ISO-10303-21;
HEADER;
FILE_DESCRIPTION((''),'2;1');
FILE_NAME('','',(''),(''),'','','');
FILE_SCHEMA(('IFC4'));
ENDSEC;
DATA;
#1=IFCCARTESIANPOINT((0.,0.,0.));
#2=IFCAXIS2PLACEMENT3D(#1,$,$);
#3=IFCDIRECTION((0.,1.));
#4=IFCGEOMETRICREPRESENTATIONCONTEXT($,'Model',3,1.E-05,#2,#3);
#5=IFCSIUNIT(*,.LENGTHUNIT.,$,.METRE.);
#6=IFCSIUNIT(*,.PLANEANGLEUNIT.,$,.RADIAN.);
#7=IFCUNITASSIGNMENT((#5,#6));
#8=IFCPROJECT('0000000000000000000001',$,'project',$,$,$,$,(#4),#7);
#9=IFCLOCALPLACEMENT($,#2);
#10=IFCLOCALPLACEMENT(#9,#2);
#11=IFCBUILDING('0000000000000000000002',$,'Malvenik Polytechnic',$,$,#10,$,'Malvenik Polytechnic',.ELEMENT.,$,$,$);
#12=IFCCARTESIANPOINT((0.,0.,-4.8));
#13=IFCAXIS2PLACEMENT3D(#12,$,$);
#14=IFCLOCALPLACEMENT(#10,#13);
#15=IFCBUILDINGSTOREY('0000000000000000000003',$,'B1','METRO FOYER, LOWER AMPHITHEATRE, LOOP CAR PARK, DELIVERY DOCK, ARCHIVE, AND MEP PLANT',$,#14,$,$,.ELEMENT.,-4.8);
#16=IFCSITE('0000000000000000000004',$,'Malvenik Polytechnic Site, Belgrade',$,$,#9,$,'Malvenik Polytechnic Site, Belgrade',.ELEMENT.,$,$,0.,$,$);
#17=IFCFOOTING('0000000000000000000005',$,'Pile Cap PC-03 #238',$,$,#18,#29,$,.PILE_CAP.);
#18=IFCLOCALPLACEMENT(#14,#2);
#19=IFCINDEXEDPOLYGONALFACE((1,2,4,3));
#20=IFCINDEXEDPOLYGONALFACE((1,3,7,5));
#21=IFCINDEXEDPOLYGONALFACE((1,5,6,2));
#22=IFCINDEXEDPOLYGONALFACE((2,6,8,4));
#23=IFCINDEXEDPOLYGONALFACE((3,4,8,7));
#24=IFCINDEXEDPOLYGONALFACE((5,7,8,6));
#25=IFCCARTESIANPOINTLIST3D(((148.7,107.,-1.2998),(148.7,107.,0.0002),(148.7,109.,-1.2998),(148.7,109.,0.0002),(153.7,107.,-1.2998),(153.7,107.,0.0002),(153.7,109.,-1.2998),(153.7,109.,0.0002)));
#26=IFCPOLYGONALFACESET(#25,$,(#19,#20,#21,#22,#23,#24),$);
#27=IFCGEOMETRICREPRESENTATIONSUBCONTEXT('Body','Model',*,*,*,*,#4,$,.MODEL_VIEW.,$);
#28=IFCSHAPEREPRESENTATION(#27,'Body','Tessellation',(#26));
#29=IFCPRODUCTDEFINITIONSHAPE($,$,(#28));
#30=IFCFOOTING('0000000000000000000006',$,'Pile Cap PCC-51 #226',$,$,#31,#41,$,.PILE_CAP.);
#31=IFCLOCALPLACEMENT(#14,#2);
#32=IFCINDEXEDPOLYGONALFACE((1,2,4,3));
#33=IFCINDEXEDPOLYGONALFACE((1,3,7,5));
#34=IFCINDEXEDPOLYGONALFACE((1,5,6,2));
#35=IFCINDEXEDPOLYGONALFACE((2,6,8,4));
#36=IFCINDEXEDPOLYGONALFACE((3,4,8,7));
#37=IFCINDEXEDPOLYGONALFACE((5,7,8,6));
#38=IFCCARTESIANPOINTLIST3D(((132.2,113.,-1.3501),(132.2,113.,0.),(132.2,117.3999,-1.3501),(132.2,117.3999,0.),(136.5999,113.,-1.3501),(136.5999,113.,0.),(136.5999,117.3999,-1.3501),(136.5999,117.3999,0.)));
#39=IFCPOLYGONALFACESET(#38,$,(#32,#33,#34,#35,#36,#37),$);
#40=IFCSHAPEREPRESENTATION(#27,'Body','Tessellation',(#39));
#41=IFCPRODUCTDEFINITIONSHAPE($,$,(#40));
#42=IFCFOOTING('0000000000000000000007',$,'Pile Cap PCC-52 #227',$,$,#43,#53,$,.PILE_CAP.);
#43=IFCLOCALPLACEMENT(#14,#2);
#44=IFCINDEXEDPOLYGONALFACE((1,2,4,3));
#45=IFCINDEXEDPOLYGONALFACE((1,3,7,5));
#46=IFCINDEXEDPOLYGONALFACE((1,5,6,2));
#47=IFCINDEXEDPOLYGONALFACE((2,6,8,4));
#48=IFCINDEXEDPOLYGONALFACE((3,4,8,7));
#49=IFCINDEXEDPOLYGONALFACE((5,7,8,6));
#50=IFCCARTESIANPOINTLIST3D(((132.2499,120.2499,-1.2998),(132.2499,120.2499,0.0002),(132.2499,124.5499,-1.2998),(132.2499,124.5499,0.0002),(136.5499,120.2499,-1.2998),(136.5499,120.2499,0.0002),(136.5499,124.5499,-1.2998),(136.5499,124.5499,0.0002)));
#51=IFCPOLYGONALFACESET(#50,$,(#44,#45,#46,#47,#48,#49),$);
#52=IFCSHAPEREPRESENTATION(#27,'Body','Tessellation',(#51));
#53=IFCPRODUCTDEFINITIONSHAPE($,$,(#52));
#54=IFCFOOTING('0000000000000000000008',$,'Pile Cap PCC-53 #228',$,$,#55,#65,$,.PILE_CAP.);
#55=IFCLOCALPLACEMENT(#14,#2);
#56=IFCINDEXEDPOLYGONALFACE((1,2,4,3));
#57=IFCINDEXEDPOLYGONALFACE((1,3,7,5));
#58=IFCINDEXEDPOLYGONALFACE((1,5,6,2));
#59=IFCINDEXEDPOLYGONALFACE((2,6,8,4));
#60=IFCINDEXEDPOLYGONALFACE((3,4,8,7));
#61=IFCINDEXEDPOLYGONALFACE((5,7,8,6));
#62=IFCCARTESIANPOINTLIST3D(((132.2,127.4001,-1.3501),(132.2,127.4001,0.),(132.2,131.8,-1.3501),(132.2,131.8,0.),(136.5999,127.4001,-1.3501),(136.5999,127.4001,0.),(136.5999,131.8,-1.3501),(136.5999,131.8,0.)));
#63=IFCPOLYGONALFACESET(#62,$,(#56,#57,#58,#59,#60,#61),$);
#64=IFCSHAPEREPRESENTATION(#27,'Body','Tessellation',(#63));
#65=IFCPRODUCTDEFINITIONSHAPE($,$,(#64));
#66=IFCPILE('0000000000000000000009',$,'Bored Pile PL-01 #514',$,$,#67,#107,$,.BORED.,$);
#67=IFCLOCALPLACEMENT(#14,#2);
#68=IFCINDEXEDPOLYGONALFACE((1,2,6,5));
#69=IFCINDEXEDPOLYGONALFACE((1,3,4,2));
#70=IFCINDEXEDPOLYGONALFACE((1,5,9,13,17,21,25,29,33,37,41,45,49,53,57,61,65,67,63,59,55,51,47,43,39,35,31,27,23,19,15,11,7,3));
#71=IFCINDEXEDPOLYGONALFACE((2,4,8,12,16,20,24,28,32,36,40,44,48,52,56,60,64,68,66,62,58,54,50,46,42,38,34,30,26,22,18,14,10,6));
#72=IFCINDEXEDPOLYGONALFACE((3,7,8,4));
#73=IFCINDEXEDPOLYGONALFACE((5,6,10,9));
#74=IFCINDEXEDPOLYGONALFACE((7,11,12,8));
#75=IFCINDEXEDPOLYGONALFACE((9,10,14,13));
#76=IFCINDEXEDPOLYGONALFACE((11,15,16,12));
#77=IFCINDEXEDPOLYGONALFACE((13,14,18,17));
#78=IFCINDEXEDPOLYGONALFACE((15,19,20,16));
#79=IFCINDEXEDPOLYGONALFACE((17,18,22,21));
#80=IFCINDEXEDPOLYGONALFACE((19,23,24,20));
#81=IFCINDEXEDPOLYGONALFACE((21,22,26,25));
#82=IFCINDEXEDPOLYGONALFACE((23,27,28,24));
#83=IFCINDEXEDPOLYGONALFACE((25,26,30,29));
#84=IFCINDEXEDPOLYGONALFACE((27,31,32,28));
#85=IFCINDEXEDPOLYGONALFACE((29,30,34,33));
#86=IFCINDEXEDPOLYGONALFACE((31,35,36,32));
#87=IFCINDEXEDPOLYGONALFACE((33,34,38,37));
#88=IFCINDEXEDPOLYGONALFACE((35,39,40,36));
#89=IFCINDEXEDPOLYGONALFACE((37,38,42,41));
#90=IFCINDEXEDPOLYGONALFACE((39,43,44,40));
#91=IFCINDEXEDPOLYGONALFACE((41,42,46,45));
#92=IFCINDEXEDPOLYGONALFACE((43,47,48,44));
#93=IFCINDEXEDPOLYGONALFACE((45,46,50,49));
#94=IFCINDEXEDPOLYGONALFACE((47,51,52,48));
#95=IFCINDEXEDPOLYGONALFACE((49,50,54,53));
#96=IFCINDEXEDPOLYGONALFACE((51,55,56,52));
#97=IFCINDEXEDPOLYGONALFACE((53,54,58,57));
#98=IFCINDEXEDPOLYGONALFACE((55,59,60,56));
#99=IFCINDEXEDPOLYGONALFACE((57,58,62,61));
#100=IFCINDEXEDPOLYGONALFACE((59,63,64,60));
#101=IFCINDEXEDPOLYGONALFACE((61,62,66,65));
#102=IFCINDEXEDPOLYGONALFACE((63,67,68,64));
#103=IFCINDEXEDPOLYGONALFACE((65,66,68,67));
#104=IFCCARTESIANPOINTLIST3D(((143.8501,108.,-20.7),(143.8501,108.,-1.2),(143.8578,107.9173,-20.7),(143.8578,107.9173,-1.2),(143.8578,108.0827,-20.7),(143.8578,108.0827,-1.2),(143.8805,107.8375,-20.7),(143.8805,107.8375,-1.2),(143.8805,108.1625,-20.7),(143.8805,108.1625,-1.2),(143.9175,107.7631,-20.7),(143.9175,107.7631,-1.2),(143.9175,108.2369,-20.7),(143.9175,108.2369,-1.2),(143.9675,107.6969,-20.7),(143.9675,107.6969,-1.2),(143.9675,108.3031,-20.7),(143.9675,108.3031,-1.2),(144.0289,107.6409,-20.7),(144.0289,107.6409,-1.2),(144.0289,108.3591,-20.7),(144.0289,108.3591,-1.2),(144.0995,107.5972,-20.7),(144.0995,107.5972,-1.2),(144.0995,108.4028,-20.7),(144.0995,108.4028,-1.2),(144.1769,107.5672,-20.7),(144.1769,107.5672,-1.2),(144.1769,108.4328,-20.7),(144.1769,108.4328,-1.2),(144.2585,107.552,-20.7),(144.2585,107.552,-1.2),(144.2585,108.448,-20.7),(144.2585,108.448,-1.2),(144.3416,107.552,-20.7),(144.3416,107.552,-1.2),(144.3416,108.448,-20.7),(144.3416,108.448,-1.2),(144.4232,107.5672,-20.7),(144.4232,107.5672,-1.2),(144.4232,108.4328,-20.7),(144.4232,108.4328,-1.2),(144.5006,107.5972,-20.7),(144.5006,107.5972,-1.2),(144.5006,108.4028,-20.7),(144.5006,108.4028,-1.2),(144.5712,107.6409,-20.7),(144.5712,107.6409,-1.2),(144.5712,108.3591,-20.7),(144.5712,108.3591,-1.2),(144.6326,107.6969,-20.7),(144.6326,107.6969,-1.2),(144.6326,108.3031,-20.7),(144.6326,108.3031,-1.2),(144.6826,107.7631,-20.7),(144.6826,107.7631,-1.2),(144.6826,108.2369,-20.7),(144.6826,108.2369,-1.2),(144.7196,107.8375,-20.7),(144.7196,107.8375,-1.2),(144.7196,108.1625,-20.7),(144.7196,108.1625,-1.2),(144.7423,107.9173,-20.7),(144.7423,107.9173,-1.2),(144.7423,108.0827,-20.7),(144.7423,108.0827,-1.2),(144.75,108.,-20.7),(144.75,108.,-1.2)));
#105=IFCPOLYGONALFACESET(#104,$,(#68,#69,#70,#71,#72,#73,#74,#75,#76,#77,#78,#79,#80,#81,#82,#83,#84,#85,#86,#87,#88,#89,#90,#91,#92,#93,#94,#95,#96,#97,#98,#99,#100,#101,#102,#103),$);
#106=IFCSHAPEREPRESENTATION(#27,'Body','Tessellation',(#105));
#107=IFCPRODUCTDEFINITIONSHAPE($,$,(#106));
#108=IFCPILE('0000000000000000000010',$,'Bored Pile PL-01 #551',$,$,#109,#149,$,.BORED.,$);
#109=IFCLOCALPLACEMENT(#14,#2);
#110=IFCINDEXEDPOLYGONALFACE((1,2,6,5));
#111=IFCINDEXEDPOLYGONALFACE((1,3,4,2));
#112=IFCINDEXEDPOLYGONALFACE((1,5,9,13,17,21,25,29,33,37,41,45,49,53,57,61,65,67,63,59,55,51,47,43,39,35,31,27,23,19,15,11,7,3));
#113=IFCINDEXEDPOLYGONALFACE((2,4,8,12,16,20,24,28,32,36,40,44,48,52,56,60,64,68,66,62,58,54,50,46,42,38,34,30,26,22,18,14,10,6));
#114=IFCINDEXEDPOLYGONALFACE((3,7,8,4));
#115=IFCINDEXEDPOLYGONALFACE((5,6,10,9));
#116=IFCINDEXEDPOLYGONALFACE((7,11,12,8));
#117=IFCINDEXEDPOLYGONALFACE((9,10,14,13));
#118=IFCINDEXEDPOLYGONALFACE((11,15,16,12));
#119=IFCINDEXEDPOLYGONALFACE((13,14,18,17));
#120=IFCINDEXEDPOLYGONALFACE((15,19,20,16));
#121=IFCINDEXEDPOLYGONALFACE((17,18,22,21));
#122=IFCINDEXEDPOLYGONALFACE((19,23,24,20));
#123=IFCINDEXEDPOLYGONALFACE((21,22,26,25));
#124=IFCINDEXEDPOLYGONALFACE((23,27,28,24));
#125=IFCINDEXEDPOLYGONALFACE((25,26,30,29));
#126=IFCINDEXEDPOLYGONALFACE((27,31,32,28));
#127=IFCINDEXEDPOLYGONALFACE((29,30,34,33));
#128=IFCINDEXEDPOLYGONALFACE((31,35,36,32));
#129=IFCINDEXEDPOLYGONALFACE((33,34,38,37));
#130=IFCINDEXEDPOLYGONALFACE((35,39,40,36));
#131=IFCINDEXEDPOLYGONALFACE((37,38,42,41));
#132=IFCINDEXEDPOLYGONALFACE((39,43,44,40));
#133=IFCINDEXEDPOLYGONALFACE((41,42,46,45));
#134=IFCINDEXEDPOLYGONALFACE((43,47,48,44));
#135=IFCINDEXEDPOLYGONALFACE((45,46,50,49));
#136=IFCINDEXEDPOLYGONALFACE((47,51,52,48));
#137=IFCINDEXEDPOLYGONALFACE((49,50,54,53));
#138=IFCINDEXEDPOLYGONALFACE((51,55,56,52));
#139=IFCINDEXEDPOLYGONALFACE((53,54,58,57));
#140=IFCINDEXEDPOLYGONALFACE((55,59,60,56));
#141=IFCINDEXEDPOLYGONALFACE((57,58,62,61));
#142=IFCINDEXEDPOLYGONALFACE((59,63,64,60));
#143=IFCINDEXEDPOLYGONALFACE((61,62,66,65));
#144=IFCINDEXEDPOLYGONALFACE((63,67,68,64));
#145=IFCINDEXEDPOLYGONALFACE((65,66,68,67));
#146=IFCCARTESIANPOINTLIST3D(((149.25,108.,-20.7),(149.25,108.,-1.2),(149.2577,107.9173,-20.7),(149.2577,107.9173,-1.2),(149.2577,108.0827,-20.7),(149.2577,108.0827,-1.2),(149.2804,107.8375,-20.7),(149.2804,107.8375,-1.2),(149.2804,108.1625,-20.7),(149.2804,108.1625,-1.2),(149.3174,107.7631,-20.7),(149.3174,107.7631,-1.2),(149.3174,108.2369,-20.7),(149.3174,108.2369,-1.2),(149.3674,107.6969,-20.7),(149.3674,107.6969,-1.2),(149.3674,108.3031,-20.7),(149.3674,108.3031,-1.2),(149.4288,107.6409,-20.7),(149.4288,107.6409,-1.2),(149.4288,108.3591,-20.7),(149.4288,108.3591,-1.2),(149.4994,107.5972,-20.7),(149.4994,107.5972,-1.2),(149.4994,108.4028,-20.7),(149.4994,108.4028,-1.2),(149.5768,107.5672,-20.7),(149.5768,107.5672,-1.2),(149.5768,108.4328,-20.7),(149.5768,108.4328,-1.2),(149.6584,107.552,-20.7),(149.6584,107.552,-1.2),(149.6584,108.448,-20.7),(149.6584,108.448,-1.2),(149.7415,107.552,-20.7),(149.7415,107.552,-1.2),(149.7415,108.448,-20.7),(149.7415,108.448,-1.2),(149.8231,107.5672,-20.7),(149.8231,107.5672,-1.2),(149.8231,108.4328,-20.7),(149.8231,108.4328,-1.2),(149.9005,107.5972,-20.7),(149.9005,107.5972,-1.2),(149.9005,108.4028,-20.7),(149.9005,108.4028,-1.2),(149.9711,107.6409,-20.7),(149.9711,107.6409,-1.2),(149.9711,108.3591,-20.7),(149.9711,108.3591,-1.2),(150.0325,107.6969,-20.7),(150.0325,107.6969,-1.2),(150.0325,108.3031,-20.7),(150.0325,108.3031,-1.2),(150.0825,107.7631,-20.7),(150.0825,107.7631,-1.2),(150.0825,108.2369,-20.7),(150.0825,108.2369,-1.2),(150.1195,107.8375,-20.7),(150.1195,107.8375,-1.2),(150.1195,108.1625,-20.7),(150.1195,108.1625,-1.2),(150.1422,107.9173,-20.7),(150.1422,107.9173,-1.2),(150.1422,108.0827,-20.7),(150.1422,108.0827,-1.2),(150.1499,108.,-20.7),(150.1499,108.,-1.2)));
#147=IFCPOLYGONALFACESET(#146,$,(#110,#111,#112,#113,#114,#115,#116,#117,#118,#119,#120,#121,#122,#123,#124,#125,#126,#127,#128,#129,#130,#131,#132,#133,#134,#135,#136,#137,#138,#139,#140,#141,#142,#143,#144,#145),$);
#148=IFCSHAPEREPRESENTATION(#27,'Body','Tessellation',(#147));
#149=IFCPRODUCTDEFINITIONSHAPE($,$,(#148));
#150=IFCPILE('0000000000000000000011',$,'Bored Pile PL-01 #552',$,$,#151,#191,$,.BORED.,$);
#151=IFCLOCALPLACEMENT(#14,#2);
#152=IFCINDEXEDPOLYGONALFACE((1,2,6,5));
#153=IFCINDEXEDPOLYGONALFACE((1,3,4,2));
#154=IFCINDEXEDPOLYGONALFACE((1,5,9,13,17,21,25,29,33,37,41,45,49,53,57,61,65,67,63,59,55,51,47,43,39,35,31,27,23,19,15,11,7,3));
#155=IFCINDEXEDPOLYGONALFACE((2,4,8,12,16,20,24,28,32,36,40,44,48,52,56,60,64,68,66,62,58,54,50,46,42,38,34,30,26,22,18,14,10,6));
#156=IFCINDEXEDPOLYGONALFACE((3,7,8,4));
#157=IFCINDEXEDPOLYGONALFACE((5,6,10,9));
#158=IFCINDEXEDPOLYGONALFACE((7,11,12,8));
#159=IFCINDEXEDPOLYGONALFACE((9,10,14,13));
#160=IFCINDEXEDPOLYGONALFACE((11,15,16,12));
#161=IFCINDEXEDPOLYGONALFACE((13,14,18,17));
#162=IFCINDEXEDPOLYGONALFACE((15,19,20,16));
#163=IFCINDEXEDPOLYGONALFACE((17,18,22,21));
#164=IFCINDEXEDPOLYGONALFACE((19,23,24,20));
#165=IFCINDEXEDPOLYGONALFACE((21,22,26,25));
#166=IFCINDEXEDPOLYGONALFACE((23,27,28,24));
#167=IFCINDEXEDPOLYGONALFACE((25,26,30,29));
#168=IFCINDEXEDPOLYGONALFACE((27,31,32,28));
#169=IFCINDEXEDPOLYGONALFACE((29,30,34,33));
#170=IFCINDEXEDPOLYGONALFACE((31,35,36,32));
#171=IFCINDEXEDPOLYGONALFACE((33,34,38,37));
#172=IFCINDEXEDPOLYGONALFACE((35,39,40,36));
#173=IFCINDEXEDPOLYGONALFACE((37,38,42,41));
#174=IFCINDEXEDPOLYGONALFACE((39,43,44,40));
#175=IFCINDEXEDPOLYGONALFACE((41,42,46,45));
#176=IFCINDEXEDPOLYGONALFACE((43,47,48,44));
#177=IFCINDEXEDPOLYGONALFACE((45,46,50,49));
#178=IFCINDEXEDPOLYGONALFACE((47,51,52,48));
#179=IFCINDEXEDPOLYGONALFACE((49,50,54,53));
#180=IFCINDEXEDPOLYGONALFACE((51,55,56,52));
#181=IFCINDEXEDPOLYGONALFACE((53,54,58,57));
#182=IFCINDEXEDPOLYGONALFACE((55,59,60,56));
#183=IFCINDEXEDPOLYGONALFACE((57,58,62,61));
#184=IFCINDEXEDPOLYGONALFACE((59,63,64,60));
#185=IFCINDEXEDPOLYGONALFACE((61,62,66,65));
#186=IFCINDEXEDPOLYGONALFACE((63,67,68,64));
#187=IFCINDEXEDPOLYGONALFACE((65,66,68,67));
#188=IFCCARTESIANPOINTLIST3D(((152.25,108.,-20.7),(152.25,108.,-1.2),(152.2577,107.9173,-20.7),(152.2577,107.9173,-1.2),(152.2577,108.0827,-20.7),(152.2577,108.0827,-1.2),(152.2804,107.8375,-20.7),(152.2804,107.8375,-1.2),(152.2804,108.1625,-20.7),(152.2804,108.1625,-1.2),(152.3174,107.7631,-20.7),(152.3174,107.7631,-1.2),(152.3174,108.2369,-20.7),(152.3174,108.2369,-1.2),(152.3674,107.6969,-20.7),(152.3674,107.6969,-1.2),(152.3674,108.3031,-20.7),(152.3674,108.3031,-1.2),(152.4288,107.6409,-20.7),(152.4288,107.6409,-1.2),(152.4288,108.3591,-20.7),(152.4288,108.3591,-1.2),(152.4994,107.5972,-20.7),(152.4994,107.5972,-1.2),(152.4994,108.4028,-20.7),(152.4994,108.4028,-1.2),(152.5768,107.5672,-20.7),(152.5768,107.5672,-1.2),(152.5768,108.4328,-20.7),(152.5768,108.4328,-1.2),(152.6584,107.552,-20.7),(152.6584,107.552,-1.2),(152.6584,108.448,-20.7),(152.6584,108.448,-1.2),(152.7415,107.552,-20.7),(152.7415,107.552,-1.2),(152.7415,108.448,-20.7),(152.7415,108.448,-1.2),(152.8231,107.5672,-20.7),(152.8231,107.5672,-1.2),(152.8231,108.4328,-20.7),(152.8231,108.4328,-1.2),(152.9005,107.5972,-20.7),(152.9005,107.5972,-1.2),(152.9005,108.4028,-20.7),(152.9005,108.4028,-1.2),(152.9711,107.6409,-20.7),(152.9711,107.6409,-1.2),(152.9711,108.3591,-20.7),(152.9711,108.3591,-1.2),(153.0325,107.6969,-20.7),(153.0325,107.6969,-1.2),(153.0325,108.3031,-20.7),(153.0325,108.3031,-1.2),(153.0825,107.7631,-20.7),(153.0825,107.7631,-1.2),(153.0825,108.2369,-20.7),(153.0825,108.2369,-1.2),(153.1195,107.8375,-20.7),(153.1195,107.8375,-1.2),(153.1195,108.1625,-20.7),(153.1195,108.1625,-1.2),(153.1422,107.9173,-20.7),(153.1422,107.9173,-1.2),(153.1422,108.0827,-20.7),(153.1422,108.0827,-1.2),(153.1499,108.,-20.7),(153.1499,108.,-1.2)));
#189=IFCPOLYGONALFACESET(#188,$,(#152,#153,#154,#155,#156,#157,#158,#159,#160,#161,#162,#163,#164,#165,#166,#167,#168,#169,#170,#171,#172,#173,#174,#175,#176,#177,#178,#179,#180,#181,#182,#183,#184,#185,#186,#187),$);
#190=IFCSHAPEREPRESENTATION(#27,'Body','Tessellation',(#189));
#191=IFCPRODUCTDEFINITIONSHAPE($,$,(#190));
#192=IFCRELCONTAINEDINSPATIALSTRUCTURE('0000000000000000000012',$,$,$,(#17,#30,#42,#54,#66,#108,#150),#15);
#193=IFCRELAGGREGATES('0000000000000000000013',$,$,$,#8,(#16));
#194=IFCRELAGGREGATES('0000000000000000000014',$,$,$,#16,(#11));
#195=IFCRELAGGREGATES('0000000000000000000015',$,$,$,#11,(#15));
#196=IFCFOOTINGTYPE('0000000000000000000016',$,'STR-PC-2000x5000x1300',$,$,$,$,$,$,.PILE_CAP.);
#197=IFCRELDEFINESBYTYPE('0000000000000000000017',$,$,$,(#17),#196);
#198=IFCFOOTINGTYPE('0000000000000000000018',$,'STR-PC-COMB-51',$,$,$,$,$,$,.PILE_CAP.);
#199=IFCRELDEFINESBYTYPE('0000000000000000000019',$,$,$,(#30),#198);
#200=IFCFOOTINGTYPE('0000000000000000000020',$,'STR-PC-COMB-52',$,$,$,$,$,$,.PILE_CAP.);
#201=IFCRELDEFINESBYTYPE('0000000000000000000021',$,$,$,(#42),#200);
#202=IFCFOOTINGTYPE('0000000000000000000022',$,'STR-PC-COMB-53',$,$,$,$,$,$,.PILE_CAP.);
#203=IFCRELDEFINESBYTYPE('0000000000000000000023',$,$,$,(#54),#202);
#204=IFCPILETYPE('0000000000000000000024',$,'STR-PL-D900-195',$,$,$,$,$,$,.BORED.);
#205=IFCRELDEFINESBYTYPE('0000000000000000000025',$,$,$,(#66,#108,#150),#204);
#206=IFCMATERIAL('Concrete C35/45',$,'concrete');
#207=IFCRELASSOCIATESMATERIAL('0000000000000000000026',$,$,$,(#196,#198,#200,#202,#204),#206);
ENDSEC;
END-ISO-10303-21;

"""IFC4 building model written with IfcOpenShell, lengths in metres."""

from ifc_helpers import new_model, si_unit, direction, frame, origin, origin_2d, place, context, subcontext, project, spatial, rectangle, circle, extrude, material, material_profile, profile_set, type_object, element, save


model = new_model("IFC4")

# Units and contexts
model_context = context("Model", 3, precision=1e-05, world=origin(), true_north=direction((0.0, 1.0)))
body_context = subcontext(model_context, "Body", "Model", "MODEL_VIEW")
ifc_project = project(units=[si_unit("LENGTHUNIT", "METRE"), si_unit("PLANEANGLEUNIT", "RADIAN")], contexts=[model_context])

# Site, building, storey
site_placement = place(None, origin())
site = spatial("IfcSite", under=ifc_project, at=site_placement, Name="Malvenik Polytechnic Site, Belgrade", LongName="Malvenik Polytechnic Site, Belgrade", CompositionType="ELEMENT", RefElevation=0.0)
building_placement = place(site_placement, origin())
building = spatial("IfcBuilding", under=site, at=building_placement, Name="Malvenik Polytechnic", LongName="Malvenik Polytechnic", CompositionType="ELEMENT")
storey_placement = place(building_placement, frame((0.0, 0.0, -4.8)))
storey = spatial("IfcBuildingStorey", under=building, at=storey_placement, Name="B1", Description="METRO FOYER, LOWER AMPHITHEATRE, LOOP CAR PARK, DELIVERY DOCK, ARCHIVE, AND MEP PLANT", CompositionType="ELEMENT", Elevation=-4.8)

# Footings
ifc_material_1 = material(Name="Concrete C35/45", Category="concrete")
footing_type_1 = type_object("IfcFootingType", Name="STR-PC-2000x5000x1300", PredefinedType="PILE_CAP", material=ifc_material_1)
footing_1_placement = place(storey_placement, frame((151.2, 108.0, -1.2998), z_axis=(0.0, 0.0, 1.0), x_axis=(1.0, 0.0, 0.0)))
element("IfcFooting", 1, at=footing_1_placement, inside=storey, type_object=footing_type_1, Name="Pile Cap PC-03 #238", PredefinedType="PILE_CAP", context=body_context, shape_type="SweptSolid", body=[
    extrude(rectangle(XDim=5.0, YDim=2.0, at=origin_2d()), origin(), (0.0, 0.0, 1.0), 1.3),
])
footing_type_2 = type_object("IfcFootingType", Name="STR-PC-COMB-51", PredefinedType="PILE_CAP", material=ifc_material_1)
footing_2_placement = place(storey_placement, frame((134.3999, 115.2, -1.3501), z_axis=(0.0, 0.0, 1.0), x_axis=(1.0, 0.0, 0.0)))
element("IfcFooting", 2, at=footing_2_placement, inside=storey, type_object=footing_type_2, Name="Pile Cap PCC-51 #226", PredefinedType="PILE_CAP", context=body_context, shape_type="SweptSolid", body=[
    extrude(rectangle(XDim=4.3999, YDim=4.3999, at=origin_2d()), origin(), (0.0, 0.0, 1.0), 1.3501),
])
footing_type_3 = type_object("IfcFootingType", Name="STR-PC-COMB-52", PredefinedType="PILE_CAP", material=ifc_material_1)
footing_3_placement = place(storey_placement, frame((134.3999, 122.3999, -1.2998), z_axis=(0.0, 0.0, 1.0), x_axis=(1.0, 0.0, 0.0)))
element("IfcFooting", 3, at=footing_3_placement, inside=storey, type_object=footing_type_3, Name="Pile Cap PCC-52 #227", PredefinedType="PILE_CAP", context=body_context, shape_type="SweptSolid", body=[
    extrude(rectangle(XDim=4.3, YDim=4.3, at=origin_2d()), origin(), (0.0, 0.0, 1.0), 1.3),
])
footing_type_4 = type_object("IfcFootingType", Name="STR-PC-COMB-53", PredefinedType="PILE_CAP", material=ifc_material_1)
footing_4_placement = place(storey_placement, frame((134.3999, 129.6001, -1.3501), z_axis=(0.0, 0.0, 1.0), x_axis=(1.0, 0.0, 0.0)))
element("IfcFooting", 4, at=footing_4_placement, inside=storey, type_object=footing_type_4, Name="Pile Cap PCC-53 #228", PredefinedType="PILE_CAP", context=body_context, shape_type="SweptSolid", body=[
    extrude(rectangle(XDim=4.3999, YDim=4.3999, at=origin_2d()), origin(), (0.0, 0.0, 1.0), 1.3501),
])

# Piles
ifc_material_profile_1 = material_profile(ifc_material_1, circle(Radius=0.45, at=origin_2d()), Name="BORED PILE D900")
ifc_profile_set_1 = profile_set([ifc_material_profile_1], Name="Concrete C35/45")
pile_type_1 = type_object("IfcPileType", Name="STR-PL-D900-195", PredefinedType="BORED", material=ifc_profile_set_1)
for number, where, z_axis, x_axis, name in (
    (5, (144.3, 108.0, -1.2), (0.0, 0.0, -1.0), (1.0, 0.0, 0.0), "Bored Pile PL-01 #514"),
    (6, (149.7, 108.0, -1.2), (0.0, 0.0, -1.0), (1.0, 0.0, 0.0), "Bored Pile PL-01 #551"),
    (7, (152.7, 108.0, -1.2), (0.0, 0.0, -1.0), (1.0, 0.0, 0.0), "Bored Pile PL-01 #552"),
):
    element("IfcPile", number, at=place(storey_placement, frame(where, z_axis=z_axis, x_axis=x_axis)), inside=storey, type_object=pile_type_1, Name=name, PredefinedType="BORED", context=body_context, shape_type="SweptSolid", body=[
        extrude(circle(Radius=0.45, at=origin_2d()), origin(), (0.0, 0.0, 1.0), 19.5),
    ])

save(model, "model.ifc")
